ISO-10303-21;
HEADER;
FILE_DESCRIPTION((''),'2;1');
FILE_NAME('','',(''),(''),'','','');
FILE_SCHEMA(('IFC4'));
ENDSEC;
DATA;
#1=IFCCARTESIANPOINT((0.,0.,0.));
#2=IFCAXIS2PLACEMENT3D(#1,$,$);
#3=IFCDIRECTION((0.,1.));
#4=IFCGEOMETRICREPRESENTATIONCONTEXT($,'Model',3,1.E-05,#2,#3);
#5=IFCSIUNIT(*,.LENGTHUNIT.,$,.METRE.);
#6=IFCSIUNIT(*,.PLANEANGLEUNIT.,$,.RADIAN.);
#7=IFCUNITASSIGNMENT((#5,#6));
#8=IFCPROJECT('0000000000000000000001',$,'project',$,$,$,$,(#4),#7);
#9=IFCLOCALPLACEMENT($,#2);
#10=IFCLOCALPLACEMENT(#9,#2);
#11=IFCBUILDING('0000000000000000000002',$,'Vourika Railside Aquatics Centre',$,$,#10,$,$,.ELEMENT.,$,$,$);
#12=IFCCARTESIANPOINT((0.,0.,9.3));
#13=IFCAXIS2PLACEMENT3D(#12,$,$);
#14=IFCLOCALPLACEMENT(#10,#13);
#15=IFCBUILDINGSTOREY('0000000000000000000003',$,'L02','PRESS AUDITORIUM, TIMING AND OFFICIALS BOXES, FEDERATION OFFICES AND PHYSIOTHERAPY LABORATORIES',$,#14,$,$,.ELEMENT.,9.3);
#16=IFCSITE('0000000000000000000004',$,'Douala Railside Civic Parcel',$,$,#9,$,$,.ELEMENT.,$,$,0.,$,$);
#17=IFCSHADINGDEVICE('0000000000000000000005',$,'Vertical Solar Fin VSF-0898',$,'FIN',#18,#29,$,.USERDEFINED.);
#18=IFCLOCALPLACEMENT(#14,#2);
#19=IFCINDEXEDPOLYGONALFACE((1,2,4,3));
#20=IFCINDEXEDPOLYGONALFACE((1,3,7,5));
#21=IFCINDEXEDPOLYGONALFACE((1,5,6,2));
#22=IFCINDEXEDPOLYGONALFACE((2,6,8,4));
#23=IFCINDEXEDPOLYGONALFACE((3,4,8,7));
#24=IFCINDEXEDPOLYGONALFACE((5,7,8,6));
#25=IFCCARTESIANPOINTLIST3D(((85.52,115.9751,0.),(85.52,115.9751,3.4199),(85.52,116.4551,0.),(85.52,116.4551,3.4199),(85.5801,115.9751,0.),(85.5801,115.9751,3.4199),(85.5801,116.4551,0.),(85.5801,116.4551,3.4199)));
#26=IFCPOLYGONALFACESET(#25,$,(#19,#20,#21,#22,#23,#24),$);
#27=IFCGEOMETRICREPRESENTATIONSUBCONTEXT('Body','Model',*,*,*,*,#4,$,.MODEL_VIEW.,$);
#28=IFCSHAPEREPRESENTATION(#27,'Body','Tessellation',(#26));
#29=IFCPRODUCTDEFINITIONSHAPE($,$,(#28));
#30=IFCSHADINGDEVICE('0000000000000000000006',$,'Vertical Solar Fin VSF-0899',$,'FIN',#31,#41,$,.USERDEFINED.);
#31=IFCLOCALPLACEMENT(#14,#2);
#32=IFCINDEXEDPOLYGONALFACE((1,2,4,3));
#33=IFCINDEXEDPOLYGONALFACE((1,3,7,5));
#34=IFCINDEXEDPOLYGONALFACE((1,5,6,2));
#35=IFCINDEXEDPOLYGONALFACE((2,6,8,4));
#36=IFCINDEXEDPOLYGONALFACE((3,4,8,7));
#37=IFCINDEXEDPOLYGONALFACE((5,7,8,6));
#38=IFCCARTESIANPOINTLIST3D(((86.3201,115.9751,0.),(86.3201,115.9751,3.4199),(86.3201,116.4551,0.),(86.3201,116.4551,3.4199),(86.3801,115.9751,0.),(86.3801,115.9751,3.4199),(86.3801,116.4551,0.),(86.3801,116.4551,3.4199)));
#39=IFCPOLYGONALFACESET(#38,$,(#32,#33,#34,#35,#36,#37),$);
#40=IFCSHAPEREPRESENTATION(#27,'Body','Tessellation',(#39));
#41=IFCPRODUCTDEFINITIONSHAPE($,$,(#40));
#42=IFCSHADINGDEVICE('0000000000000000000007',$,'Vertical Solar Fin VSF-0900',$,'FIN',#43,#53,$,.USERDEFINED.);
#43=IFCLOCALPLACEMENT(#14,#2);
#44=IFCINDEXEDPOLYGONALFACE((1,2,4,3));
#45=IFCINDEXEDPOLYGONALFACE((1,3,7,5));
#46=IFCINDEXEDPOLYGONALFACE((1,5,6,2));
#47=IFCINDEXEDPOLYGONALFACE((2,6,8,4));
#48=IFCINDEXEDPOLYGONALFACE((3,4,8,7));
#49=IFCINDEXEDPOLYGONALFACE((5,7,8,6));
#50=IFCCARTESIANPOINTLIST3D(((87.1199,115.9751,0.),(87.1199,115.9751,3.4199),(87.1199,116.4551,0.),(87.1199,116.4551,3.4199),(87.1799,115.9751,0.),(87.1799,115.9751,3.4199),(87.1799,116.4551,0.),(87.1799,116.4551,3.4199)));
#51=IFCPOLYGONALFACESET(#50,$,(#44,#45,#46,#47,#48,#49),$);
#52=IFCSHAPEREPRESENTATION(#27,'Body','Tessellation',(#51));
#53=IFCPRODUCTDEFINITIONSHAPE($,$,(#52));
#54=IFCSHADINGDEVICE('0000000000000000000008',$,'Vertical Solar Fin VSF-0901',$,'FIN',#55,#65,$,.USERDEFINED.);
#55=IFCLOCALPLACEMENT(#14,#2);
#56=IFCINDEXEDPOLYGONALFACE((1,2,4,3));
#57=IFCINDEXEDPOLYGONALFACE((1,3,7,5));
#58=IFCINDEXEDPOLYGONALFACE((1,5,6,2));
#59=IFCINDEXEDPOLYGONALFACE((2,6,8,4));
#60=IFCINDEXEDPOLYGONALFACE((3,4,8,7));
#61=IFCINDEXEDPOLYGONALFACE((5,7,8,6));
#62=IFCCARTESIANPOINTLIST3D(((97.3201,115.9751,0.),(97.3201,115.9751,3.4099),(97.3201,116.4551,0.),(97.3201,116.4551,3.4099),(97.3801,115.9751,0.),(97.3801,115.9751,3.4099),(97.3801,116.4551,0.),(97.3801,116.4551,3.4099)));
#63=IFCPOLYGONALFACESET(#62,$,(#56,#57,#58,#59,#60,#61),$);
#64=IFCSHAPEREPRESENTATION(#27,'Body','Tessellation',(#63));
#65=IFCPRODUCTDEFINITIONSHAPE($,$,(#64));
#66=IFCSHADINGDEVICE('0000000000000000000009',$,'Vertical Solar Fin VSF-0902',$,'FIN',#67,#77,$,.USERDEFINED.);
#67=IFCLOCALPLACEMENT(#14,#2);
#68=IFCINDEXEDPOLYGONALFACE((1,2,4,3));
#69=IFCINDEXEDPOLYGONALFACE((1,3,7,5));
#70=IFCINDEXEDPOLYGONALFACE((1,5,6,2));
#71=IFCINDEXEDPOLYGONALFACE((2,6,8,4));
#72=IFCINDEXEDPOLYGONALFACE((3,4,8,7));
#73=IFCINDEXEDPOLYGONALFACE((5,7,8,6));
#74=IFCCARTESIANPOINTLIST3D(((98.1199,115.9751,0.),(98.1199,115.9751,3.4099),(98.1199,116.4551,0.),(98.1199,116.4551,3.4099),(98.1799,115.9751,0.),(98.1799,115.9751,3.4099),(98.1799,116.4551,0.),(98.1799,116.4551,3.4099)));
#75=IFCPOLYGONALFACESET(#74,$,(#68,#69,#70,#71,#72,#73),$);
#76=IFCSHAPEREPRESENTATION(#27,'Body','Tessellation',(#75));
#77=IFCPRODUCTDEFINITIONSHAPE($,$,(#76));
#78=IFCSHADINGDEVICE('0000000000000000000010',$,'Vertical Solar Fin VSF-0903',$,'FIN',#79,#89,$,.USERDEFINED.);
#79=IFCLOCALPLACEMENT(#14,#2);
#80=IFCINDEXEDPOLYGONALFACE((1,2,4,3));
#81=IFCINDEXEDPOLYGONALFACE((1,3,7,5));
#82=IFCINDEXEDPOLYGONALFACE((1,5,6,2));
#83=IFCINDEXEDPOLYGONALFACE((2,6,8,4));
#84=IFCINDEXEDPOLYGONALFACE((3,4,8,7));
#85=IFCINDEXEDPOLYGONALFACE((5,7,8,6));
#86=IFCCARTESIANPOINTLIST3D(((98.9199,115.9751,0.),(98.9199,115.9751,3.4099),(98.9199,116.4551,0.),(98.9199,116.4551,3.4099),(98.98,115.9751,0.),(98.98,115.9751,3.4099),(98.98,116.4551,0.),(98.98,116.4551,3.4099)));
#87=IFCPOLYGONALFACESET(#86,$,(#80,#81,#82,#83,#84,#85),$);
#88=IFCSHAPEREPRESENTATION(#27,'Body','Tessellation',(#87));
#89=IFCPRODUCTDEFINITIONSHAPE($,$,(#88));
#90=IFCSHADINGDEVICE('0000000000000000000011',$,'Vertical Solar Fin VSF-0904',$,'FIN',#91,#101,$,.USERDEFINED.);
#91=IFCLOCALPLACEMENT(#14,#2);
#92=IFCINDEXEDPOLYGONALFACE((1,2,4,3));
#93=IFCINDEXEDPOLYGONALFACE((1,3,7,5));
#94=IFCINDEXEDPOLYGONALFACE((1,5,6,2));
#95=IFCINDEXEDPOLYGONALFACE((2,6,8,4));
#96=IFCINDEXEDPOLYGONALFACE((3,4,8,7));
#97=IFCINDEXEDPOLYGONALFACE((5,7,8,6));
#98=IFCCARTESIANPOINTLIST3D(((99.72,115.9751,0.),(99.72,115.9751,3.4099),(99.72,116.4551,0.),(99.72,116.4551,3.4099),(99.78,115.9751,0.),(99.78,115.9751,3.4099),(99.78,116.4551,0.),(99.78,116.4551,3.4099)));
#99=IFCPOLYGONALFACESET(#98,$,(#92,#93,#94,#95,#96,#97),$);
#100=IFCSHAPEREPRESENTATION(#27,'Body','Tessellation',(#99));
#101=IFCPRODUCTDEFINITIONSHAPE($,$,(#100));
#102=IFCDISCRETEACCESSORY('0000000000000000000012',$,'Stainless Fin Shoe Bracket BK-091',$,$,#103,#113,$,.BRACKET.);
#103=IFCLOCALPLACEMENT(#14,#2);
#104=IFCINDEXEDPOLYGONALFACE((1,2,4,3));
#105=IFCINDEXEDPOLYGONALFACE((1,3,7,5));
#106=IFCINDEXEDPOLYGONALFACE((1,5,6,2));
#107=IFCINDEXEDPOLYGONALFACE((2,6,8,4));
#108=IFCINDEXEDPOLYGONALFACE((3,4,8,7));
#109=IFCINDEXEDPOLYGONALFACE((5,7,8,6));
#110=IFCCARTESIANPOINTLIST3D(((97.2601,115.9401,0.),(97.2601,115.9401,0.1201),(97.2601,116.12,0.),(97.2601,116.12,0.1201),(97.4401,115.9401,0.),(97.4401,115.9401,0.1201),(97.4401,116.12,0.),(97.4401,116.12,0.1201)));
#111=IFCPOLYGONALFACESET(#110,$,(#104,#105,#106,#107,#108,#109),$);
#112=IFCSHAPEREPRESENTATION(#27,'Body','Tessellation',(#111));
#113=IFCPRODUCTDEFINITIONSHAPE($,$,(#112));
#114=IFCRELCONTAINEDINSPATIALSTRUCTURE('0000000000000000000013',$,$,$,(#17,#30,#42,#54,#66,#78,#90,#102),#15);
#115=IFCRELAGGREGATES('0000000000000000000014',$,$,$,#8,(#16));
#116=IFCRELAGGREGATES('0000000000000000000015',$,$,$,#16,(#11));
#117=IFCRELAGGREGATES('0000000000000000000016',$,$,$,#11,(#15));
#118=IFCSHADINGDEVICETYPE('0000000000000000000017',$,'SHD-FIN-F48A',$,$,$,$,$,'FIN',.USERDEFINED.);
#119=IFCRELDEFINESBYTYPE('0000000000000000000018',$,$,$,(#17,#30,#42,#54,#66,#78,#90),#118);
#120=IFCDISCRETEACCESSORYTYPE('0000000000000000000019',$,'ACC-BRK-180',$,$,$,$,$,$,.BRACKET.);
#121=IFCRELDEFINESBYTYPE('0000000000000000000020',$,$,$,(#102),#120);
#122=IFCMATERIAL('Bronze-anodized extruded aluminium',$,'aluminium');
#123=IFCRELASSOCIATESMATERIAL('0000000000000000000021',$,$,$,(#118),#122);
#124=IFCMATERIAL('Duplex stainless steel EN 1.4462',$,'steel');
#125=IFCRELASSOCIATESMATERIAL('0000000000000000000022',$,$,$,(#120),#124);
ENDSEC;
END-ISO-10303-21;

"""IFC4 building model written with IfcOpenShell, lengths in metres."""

from ifc_helpers import new_model, si_unit, direction, frame, origin, origin_2d, place, context, subcontext, project, spatial, rectangle, extrude, material, material_profile, profile_set, type_object, element, save


model = new_model("IFC4")

# Units and contexts
model_context = context("Model", 3, precision=1e-05, world=origin(), true_north=direction((0.0, 1.0)))
body_context = subcontext(model_context, "Body", "Model", "MODEL_VIEW")
ifc_project = project(units=[si_unit("LENGTHUNIT", "METRE"), si_unit("PLANEANGLEUNIT", "RADIAN")], contexts=[model_context])

# Site, building, storey
site_placement = place(None, origin())
site = spatial("IfcSite", under=ifc_project, at=site_placement, Name="Douala Railside Civic Parcel", CompositionType="ELEMENT", RefElevation=0.0)
building_placement = place(site_placement, origin())
building = spatial("IfcBuilding", under=site, at=building_placement, Name="Vourika Railside Aquatics Centre", CompositionType="ELEMENT")
storey_placement = place(building_placement, frame((0.0, 0.0, 9.3)))
storey = spatial("IfcBuildingStorey", under=building, at=storey_placement, Name="L02", Description="PRESS AUDITORIUM, TIMING AND OFFICIALS BOXES, FEDERATION OFFICES AND PHYSIOTHERAPY LABORATORIES", CompositionType="ELEMENT", Elevation=9.3)

# Shading devices
ifc_material_1 = material(Name="Bronze-anodized extruded aluminium", Category="aluminium")
ifc_material_profile_1 = material_profile(ifc_material_1, rectangle(XDim=0.0601, YDim=0.48, at=origin_2d()), Name="ALU-FIN 60x480")
ifc_profile_set_1 = profile_set([ifc_material_profile_1], Name="Bronze-anodized extruded aluminium")
shading_device_type = type_object("IfcShadingDeviceType", Name="SHD-FIN-F48A", ElementType="FIN", PredefinedType="USERDEFINED", material=ifc_profile_set_1)
for number, where, z_axis, x_axis, name in (
    (1, (85.55, 116.2151, 0.0), (0.0, 0.0, 1.0), (1.0, 0.0, 0.0), "Vertical Solar Fin VSF-0898"),
    (2, (86.3501, 116.2151, 0.0), (0.0, 0.0, 1.0), (1.0, 0.0, 0.0), "Vertical Solar Fin VSF-0899"),
    (3, (87.1499, 116.2151, 0.0), (0.0, 0.0, 1.0), (1.0, 0.0, 0.0), "Vertical Solar Fin VSF-0900"),
):
    element("IfcShadingDevice", number, at=place(storey_placement, frame(where, z_axis=z_axis, x_axis=x_axis)), inside=storey, type_object=shading_device_type, Name=name, ObjectType="FIN", PredefinedType="USERDEFINED", context=body_context, shape_type="SweptSolid", body=[
        extrude(rectangle(XDim=0.0601, YDim=0.48, at=origin_2d()), origin(), (0.0, 0.0, 1.0), 3.4199),
    ])
for number, where, z_axis, x_axis, name in (
    (4, (97.3501, 116.2151, 0.0), (0.0, 0.0, 1.0), (1.0, 0.0, 0.0), "Vertical Solar Fin VSF-0901"),
    (5, (98.1499, 116.2151, 0.0), (0.0, 0.0, 1.0), (1.0, 0.0, 0.0), "Vertical Solar Fin VSF-0902"),
    (6, (98.95, 116.2151, 0.0), (0.0, 0.0, 1.0), (1.0, 0.0, 0.0), "Vertical Solar Fin VSF-0903"),
    (7, (99.75, 116.2151, 0.0), (0.0, 0.0, 1.0), (1.0, 0.0, 0.0), "Vertical Solar Fin VSF-0904"),
):
    element("IfcShadingDevice", number, at=place(storey_placement, frame(where, z_axis=z_axis, x_axis=x_axis)), inside=storey, type_object=shading_device_type, Name=name, ObjectType="FIN", PredefinedType="USERDEFINED", context=body_context, shape_type="SweptSolid", body=[
        extrude(rectangle(XDim=0.0601, YDim=0.48, at=origin_2d()), origin(), (0.0, 0.0, 1.0), 3.4099),
    ])

# Discrete accessory
ifc_material_2 = material(Name="Duplex stainless steel EN 1.4462", Category="steel")
discrete_accessory_type = type_object("IfcDiscreteAccessoryType", Name="ACC-BRK-180", PredefinedType="BRACKET", material=ifc_material_2)
discrete_accessory_placement = place(storey_placement, frame((97.3501, 116.03, 0.0), z_axis=(0.0, 0.0, 1.0), x_axis=(0.0, 1.0, 0.0)))
element("IfcDiscreteAccessory", 8, at=discrete_accessory_placement, inside=storey, type_object=discrete_accessory_type, Name="Stainless Fin Shoe Bracket BK-091", PredefinedType="BRACKET", context=body_context, shape_type="SweptSolid", body=[
    extrude(rectangle(XDim=0.1799, YDim=0.1799, at=origin_2d()), origin(), (0.0, 0.0, 1.0), 0.1201),
])

save(model, "model.ifc")
